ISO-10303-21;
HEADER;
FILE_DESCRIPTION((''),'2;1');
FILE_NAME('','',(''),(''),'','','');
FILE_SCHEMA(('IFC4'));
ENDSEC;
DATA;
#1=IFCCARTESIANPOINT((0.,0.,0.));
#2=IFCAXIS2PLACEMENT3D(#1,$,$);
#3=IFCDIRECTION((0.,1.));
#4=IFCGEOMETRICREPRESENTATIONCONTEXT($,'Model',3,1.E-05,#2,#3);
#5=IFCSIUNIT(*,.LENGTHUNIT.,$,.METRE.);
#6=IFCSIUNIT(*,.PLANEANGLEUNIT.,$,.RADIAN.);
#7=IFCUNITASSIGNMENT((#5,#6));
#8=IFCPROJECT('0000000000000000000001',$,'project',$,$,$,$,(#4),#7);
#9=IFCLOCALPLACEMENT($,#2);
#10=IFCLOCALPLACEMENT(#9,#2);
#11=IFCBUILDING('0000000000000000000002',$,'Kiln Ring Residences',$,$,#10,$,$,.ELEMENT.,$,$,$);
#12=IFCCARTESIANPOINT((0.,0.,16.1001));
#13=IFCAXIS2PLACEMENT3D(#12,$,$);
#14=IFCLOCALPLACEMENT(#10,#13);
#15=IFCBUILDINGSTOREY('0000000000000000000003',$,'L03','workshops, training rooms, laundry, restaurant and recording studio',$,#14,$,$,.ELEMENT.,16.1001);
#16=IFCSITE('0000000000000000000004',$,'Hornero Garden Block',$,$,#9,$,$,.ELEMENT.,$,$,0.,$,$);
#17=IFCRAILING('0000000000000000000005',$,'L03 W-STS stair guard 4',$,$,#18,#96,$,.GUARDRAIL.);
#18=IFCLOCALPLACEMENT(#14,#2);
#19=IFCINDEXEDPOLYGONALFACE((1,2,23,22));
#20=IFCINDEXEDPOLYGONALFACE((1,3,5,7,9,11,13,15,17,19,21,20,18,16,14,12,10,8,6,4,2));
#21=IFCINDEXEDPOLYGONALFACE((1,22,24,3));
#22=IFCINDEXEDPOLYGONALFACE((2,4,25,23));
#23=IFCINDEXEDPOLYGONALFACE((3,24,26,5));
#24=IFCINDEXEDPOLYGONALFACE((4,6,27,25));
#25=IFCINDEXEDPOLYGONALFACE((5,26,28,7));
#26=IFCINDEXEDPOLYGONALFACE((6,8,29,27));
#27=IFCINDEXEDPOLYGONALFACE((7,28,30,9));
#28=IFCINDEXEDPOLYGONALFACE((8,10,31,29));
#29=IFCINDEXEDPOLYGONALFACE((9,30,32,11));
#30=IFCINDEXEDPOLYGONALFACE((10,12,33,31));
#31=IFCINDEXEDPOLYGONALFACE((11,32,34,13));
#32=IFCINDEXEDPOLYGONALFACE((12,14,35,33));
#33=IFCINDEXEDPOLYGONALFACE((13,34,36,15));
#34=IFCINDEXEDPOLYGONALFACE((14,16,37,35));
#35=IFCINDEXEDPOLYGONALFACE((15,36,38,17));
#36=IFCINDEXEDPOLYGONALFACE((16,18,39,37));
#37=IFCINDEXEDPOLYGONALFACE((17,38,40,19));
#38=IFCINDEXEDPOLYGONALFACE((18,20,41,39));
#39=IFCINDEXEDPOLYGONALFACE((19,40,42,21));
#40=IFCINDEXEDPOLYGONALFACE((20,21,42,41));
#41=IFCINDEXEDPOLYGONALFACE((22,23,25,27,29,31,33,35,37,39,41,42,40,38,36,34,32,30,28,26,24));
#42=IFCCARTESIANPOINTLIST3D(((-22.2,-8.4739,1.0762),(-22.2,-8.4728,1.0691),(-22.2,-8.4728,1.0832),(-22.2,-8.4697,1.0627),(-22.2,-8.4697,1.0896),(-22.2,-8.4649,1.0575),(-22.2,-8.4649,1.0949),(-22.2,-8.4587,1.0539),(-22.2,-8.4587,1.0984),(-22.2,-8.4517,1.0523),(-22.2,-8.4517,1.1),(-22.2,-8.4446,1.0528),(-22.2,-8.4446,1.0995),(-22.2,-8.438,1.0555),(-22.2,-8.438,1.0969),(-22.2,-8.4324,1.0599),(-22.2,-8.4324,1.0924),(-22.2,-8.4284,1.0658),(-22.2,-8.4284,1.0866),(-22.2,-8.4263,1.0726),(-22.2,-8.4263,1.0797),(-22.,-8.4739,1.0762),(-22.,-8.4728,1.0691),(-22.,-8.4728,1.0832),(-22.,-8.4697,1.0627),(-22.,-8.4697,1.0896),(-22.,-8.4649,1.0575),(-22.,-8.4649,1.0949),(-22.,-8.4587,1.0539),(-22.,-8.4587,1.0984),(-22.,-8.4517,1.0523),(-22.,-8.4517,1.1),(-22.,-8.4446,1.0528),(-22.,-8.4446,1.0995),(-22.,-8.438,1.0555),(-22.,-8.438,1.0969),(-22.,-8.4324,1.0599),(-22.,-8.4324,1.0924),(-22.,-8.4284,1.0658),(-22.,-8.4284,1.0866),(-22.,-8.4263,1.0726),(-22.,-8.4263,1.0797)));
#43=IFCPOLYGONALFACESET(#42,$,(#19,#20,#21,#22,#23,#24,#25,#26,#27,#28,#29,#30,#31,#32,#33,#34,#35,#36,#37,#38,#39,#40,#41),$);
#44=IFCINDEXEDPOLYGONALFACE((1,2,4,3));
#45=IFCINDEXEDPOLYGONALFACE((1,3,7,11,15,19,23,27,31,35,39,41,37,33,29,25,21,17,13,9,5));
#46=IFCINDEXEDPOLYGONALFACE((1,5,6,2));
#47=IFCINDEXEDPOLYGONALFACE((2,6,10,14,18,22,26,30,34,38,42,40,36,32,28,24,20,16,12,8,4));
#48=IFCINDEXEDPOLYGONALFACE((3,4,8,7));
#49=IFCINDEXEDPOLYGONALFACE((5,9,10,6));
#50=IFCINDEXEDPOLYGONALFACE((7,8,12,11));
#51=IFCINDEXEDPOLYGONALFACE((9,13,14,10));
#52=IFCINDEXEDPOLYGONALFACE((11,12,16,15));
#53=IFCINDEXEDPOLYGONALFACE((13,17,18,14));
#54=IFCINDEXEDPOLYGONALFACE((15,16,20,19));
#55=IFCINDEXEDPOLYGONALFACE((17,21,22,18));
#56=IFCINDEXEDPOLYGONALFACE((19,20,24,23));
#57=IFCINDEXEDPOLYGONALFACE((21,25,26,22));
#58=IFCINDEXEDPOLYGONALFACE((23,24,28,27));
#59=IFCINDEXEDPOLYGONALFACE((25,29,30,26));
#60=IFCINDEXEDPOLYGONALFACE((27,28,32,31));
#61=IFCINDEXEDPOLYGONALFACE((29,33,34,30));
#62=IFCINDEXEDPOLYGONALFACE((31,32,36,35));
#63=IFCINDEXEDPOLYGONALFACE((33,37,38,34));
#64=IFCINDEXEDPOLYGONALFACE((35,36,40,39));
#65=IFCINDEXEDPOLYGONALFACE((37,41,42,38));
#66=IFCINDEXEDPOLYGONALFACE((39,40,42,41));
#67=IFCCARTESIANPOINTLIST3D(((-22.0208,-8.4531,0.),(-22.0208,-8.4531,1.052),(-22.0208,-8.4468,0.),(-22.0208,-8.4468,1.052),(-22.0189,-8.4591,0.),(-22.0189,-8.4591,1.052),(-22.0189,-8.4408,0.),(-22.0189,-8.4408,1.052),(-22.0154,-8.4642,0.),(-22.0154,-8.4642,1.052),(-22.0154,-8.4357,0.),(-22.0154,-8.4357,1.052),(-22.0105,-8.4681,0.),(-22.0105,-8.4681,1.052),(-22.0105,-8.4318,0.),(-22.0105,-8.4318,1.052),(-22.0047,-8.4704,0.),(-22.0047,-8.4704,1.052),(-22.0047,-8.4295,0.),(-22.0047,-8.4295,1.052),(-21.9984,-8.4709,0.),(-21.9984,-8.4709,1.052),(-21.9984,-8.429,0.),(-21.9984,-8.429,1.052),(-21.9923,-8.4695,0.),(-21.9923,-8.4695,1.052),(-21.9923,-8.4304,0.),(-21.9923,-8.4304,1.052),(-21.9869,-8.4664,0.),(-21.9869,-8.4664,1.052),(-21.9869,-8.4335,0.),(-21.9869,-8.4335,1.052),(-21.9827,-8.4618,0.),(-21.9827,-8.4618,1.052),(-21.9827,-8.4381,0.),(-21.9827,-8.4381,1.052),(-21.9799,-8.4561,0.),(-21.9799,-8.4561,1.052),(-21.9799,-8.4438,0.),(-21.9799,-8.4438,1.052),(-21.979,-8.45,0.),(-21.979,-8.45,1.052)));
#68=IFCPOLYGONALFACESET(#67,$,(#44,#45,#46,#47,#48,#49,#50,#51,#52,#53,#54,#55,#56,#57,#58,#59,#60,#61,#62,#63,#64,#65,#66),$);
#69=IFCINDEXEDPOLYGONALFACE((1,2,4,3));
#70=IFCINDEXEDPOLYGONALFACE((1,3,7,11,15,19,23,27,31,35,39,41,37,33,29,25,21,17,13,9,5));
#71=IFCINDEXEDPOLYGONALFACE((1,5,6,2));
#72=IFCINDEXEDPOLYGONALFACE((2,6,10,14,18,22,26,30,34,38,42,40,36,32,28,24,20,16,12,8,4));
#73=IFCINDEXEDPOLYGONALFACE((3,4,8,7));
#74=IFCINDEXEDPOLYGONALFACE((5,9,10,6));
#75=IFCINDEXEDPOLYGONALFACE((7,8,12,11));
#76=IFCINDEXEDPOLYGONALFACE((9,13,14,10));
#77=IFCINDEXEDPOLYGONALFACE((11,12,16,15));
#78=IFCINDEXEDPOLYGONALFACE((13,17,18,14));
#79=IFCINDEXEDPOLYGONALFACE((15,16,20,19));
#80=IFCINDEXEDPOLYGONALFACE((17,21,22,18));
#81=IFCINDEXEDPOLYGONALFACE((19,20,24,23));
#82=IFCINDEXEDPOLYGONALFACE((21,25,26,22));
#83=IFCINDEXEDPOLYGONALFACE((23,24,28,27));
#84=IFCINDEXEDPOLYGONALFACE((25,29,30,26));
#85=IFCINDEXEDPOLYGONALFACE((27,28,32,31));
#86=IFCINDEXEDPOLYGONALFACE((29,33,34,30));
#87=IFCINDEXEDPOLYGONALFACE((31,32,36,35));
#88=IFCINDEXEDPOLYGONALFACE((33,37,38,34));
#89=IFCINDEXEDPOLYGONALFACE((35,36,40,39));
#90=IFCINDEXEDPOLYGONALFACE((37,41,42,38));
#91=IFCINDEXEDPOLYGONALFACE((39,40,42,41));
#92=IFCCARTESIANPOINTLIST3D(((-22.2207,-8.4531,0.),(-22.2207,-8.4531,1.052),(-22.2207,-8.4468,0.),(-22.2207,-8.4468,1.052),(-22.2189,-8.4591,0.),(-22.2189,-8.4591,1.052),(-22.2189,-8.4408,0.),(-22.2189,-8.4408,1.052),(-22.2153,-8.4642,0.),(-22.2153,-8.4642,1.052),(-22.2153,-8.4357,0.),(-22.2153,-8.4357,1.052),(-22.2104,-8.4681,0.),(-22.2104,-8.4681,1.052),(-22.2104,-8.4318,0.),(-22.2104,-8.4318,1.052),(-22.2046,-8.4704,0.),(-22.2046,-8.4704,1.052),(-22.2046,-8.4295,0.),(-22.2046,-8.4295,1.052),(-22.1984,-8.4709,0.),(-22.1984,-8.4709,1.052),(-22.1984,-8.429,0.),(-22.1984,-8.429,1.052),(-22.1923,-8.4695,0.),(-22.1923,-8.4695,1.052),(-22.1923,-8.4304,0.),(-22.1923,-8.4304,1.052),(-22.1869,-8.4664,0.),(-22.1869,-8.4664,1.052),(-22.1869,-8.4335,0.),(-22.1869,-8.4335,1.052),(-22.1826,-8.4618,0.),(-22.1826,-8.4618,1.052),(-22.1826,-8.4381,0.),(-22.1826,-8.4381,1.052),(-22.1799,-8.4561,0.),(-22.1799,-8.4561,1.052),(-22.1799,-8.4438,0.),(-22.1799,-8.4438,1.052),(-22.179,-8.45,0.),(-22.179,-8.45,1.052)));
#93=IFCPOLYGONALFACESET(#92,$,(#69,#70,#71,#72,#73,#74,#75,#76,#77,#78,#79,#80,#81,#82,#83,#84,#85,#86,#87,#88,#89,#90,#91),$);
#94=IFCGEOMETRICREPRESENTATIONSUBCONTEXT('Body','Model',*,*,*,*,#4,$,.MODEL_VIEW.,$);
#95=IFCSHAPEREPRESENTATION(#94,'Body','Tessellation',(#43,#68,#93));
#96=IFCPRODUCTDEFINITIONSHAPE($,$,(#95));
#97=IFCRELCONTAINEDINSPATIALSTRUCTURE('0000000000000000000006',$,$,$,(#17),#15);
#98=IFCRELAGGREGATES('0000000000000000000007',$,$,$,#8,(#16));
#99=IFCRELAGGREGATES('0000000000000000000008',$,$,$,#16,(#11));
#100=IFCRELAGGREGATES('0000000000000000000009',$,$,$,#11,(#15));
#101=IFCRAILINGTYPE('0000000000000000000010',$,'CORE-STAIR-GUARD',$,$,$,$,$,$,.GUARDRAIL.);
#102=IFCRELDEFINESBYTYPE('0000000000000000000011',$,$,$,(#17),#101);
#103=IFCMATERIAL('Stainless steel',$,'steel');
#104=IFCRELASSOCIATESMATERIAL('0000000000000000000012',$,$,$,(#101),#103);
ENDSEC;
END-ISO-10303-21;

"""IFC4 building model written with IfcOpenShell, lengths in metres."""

from ifc_helpers import new_model, si_unit, direction, frame, origin, origin_2d, place, context, subcontext, project, spatial, circle, extrude, material, type_object, element, save


model = new_model("IFC4")

# Units and contexts
model_context = context("Model", 3, precision=1e-05, world=origin(), true_north=direction((0.0, 1.0)))
body_context = subcontext(model_context, "Body", "Model", "MODEL_VIEW")
ifc_project = project(units=[si_unit("LENGTHUNIT", "METRE"), si_unit("PLANEANGLEUNIT", "RADIAN")], contexts=[model_context])

# Site, building, storey
site_placement = place(None, origin())
site = spatial("IfcSite", under=ifc_project, at=site_placement, Name="Hornero Garden Block", CompositionType="ELEMENT", RefElevation=0.0)
building_placement = place(site_placement, origin())
building = spatial("IfcBuilding", under=site, at=building_placement, Name="Kiln Ring Residences", CompositionType="ELEMENT")
storey_placement = place(building_placement, frame((0.0, 0.0, 16.1001)))
storey = spatial("IfcBuildingStorey", under=building, at=storey_placement, Name="L03", Description="workshops, training rooms, laundry, restaurant and recording studio", CompositionType="ELEMENT", Elevation=16.1001)

# Railing
ifc_material_1 = material(Name="Stainless steel", Category="steel")
railing_type_1 = type_object("IfcRailingType", Name="CORE-STAIR-GUARD", PredefinedType="GUARDRAIL", material=ifc_material_1)
railing_1_placement = place(storey_placement, frame((-22.0, -8.45, 0.0)))
element("IfcRailing", 1, at=railing_1_placement, inside=storey, type_object=railing_type_1, Name="L03 W-STS stair guard 4", PredefinedType="GUARDRAIL", context=body_context, shape_type="SweptSolid", body=[
    extrude(circle(Radius=0.0239, at=origin_2d()), frame((0.0, 0.0, 1.0762), z_axis=(-1.0, 0.0, 0.0), x_axis=(0.0, -1.0, 0.0)), (0.0, 0.0, 1.0), 0.2),
    extrude(circle(Radius=0.021, at=origin_2d()), origin(), (0.0, 0.0, 1.0), 1.052),
    extrude(circle(Radius=0.021, at=origin_2d()), frame((-0.2, 0.0, 0.0)), (0.0, 0.0, 1.0), 1.052),
])

save(model, "model.ifc")
